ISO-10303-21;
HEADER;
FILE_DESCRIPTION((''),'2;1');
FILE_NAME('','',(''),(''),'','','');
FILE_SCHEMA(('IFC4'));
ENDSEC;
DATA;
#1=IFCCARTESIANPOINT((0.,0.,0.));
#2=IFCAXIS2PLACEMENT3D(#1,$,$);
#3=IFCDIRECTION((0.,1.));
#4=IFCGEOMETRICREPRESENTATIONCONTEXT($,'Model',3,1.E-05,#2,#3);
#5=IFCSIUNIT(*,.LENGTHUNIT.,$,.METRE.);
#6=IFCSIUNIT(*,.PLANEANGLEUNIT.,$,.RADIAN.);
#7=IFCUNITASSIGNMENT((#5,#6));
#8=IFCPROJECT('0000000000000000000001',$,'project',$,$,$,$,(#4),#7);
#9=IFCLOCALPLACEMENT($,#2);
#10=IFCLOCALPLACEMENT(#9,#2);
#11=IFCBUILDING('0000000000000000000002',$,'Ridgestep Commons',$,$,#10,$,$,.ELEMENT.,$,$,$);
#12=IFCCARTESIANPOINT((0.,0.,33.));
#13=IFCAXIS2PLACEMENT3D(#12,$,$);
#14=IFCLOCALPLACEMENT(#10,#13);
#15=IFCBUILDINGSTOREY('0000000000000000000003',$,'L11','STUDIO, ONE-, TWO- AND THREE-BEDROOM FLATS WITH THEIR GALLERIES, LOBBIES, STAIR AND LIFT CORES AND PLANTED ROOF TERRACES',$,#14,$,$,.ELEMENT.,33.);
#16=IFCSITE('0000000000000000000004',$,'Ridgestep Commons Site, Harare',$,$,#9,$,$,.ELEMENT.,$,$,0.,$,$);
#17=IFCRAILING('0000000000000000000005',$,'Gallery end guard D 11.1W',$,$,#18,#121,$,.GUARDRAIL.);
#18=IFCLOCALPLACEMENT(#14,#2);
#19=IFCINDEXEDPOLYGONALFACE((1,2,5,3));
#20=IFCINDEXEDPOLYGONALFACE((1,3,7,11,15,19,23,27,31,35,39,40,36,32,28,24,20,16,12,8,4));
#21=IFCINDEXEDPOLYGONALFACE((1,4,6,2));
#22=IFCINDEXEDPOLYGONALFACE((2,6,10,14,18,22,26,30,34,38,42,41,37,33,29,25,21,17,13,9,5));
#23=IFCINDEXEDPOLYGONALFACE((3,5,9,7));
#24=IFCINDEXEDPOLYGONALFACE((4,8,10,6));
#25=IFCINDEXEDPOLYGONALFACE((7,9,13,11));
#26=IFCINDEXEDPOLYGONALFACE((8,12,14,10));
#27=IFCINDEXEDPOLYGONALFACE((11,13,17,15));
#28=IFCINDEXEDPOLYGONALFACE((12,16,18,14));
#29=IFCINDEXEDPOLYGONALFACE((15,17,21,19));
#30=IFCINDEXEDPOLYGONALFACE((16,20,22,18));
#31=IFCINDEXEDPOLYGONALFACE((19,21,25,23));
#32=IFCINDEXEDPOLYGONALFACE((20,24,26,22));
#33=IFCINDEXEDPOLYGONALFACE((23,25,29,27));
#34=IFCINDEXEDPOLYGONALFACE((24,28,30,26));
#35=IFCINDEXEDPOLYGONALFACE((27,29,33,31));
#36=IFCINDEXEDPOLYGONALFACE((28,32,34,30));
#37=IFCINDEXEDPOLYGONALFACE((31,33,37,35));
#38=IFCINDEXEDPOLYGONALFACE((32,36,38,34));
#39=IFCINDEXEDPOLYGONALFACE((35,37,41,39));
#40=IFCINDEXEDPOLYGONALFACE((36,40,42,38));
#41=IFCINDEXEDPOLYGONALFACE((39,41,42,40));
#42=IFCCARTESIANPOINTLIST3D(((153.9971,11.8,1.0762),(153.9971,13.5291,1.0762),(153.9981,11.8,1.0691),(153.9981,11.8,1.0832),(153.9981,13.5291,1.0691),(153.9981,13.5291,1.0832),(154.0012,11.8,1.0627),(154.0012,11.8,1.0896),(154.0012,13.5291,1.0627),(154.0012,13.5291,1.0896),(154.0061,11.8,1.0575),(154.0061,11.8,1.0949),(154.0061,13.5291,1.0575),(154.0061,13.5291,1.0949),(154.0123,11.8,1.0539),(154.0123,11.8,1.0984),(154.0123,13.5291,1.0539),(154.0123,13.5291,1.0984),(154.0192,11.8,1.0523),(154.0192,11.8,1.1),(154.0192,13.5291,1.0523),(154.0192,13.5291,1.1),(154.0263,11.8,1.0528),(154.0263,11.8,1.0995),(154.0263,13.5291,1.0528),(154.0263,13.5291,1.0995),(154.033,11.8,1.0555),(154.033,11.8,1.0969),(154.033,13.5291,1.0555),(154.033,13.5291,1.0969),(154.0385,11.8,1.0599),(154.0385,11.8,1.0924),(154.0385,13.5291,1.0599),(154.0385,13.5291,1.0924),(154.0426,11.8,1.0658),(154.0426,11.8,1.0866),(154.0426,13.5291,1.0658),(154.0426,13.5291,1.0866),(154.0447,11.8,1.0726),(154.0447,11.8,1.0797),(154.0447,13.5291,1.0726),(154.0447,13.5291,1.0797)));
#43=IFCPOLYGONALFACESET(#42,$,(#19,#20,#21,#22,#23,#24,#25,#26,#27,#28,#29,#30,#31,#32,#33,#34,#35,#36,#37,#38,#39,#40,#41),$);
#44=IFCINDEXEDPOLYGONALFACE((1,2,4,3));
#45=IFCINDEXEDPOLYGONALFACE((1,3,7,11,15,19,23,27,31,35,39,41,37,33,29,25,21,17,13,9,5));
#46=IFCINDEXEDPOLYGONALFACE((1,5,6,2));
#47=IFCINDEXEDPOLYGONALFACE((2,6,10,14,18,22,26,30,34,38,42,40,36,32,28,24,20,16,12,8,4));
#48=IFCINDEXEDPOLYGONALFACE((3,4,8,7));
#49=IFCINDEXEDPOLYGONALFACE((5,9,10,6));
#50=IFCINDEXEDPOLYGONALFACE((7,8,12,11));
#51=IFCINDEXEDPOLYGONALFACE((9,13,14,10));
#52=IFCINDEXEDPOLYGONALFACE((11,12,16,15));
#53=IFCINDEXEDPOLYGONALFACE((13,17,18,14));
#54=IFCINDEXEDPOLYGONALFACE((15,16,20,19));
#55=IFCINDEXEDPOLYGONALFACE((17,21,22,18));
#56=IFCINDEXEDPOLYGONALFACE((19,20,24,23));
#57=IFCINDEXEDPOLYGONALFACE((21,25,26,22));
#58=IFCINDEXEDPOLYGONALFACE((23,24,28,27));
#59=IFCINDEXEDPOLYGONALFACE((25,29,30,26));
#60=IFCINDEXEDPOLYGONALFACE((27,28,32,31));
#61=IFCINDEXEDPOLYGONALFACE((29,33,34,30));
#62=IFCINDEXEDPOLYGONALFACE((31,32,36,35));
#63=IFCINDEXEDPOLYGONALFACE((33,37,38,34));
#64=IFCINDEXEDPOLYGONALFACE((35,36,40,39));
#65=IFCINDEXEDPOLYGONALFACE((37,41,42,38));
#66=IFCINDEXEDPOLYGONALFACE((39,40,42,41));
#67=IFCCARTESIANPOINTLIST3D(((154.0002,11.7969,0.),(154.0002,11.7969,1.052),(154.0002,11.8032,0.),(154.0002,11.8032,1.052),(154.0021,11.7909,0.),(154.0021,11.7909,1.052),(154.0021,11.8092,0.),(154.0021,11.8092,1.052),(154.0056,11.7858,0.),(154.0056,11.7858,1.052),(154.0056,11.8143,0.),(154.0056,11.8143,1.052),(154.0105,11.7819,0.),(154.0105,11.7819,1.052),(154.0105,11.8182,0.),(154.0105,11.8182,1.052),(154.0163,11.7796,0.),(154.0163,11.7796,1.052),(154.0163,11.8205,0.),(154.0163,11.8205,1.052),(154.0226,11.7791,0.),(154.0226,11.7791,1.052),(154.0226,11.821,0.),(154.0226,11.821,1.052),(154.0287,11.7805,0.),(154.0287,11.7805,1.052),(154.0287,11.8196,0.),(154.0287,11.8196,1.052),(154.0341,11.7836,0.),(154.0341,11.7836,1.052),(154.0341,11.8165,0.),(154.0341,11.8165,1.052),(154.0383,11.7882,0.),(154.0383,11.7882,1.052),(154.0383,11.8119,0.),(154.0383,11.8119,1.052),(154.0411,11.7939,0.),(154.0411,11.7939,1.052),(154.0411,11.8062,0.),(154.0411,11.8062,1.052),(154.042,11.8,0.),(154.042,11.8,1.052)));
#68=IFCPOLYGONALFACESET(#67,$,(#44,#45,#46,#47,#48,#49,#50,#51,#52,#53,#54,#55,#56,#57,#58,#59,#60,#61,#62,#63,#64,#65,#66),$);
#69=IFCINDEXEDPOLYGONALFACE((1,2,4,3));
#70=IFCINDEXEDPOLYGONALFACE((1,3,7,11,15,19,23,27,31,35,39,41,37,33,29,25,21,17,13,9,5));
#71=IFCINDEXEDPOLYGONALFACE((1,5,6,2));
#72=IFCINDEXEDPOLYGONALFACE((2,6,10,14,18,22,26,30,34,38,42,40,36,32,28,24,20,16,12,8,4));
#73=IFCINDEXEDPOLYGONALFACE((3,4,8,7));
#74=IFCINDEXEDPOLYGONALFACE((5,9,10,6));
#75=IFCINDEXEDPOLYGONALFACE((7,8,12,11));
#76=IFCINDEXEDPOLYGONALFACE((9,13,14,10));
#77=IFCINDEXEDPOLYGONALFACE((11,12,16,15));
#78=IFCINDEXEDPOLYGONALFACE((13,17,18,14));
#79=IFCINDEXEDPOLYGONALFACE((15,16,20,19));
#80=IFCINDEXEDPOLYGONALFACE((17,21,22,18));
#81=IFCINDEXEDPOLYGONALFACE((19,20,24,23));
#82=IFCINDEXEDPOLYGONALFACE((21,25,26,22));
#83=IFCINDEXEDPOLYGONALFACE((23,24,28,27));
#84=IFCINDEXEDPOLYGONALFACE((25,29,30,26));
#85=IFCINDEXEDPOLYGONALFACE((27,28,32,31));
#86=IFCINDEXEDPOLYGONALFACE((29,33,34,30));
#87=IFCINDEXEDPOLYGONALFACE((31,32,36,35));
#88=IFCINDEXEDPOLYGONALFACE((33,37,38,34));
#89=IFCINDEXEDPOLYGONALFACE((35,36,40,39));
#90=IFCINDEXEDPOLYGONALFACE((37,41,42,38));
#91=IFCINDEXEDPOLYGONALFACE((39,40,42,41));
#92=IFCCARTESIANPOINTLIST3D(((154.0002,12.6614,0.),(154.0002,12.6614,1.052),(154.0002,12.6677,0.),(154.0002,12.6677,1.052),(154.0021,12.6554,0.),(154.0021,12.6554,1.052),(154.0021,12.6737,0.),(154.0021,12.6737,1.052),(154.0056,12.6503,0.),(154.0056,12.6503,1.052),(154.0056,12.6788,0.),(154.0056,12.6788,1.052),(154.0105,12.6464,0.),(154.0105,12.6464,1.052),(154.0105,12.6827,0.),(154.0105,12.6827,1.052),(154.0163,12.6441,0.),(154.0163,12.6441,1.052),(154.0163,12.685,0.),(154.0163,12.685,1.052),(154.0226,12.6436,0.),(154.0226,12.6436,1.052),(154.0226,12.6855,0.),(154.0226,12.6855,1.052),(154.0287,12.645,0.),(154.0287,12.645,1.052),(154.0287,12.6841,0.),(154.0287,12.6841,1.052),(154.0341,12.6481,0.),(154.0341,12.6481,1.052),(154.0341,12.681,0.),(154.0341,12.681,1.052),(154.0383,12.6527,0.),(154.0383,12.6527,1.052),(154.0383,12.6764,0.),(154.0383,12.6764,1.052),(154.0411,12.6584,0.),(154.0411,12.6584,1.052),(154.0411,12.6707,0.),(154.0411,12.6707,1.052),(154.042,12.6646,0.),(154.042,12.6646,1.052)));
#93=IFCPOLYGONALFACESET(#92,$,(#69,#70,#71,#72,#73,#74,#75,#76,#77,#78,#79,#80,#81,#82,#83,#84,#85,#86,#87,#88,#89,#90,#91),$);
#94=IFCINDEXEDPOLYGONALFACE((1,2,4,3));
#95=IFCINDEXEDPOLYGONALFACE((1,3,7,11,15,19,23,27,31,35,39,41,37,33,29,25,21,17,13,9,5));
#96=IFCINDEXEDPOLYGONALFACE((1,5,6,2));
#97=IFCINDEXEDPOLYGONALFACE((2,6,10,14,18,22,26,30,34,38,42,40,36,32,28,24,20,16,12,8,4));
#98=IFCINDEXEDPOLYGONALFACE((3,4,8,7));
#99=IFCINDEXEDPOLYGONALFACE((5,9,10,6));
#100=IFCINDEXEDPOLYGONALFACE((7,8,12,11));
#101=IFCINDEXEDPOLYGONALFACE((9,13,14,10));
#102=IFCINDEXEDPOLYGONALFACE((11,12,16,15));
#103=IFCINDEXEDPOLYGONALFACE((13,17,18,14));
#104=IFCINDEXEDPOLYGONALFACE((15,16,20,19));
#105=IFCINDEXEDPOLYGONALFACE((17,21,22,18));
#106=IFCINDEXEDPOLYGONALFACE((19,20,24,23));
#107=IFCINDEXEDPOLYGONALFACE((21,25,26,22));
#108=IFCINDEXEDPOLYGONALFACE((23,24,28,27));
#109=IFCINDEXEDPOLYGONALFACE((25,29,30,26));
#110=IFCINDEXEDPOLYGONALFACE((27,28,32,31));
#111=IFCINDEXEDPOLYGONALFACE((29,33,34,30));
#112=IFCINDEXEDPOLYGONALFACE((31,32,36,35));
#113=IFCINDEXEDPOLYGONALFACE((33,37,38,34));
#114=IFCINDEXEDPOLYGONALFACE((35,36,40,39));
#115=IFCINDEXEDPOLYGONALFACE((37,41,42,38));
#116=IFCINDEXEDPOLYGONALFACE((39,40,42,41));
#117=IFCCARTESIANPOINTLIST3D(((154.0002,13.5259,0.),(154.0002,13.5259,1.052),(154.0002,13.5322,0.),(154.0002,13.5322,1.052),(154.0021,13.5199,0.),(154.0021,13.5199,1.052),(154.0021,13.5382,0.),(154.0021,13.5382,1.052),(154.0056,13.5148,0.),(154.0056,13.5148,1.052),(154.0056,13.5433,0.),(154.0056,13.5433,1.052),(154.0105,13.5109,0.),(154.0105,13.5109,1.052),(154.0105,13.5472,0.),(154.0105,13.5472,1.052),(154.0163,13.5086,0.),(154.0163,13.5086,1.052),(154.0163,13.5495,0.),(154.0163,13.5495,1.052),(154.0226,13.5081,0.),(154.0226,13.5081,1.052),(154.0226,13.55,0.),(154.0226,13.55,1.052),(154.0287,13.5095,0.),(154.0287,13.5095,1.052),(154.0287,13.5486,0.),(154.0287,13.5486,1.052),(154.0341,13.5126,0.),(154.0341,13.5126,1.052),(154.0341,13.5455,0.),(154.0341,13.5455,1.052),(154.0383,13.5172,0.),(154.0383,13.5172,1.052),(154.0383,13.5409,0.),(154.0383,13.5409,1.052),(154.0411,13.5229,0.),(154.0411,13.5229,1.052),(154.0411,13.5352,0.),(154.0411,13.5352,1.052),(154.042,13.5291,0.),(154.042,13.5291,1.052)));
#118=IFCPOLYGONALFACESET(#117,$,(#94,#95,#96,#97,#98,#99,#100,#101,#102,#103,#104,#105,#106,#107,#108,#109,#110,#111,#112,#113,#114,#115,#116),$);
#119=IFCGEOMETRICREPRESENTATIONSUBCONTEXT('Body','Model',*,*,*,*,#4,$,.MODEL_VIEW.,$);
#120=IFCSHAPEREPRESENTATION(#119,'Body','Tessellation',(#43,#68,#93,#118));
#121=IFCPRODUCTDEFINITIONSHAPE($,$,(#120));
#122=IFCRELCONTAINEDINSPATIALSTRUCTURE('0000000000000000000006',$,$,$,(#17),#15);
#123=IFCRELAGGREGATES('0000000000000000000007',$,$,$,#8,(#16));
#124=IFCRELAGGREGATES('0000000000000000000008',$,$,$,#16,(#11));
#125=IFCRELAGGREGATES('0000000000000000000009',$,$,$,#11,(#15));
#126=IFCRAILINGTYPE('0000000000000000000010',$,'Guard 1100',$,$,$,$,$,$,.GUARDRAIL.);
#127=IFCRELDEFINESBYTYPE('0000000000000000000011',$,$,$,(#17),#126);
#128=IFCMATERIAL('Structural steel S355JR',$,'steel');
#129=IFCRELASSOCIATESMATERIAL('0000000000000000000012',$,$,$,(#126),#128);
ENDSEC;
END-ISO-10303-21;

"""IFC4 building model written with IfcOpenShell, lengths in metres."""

from ifc_helpers import new_model, si_unit, direction, frame, origin, origin_2d, place, context, subcontext, project, spatial, circle, extrude, material, type_object, element, save


model = new_model("IFC4")

# Units and contexts
model_context = context("Model", 3, precision=1e-05, world=origin(), true_north=direction((0.0, 1.0)))
body_context = subcontext(model_context, "Body", "Model", "MODEL_VIEW")
ifc_project = project(units=[si_unit("LENGTHUNIT", "METRE"), si_unit("PLANEANGLEUNIT", "RADIAN")], contexts=[model_context])

# Site, building, storey
site_placement = place(None, origin())
site = spatial("IfcSite", under=ifc_project, at=site_placement, Name="Ridgestep Commons Site, Harare", CompositionType="ELEMENT", RefElevation=0.0)
building_placement = place(site_placement, origin())
building = spatial("IfcBuilding", under=site, at=building_placement, Name="Ridgestep Commons", CompositionType="ELEMENT")
storey_placement = place(building_placement, frame((0.0, 0.0, 33.0)))
storey = spatial("IfcBuildingStorey", under=building, at=storey_placement, Name="L11", Description="STUDIO, ONE-, TWO- AND THREE-BEDROOM FLATS WITH THEIR GALLERIES, LOBBIES, STAIR AND LIFT CORES AND PLANTED ROOF TERRACES", CompositionType="ELEMENT", Elevation=33.0)

# Railing
ifc_material_1 = material(Name="Structural steel S355JR", Category="steel")
railing_type = type_object("IfcRailingType", Name="Guard 1100", PredefinedType="GUARDRAIL", material=ifc_material_1)
railing_1_placement = place(storey_placement, frame((154.021, 11.8, 0.0)))
element("IfcRailing", 1, at=railing_1_placement, inside=storey, type_object=railing_type, Name="Gallery end guard D 11.1W", PredefinedType="GUARDRAIL", context=body_context, shape_type="SweptSolid", body=[
    extrude(circle(Radius=0.0239, at=origin_2d()), frame((0.0, 0.0, 1.0762), z_axis=(0.0, 1.0, 0.0), x_axis=(-1.0, 0.0, 0.0)), (0.0, 0.0, 1.0), 1.729),
    extrude(circle(Radius=0.021, at=origin_2d()), origin(), (0.0, 0.0, 1.0), 1.052),
    extrude(circle(Radius=0.021, at=origin_2d()), frame((0.0, 0.8645, 0.0)), (0.0, 0.0, 1.0), 1.052),
    extrude(circle(Radius=0.021, at=origin_2d()), frame((0.0, 1.729, 0.0)), (0.0, 0.0, 1.0), 1.052),
])

save(model, "model.ifc")
